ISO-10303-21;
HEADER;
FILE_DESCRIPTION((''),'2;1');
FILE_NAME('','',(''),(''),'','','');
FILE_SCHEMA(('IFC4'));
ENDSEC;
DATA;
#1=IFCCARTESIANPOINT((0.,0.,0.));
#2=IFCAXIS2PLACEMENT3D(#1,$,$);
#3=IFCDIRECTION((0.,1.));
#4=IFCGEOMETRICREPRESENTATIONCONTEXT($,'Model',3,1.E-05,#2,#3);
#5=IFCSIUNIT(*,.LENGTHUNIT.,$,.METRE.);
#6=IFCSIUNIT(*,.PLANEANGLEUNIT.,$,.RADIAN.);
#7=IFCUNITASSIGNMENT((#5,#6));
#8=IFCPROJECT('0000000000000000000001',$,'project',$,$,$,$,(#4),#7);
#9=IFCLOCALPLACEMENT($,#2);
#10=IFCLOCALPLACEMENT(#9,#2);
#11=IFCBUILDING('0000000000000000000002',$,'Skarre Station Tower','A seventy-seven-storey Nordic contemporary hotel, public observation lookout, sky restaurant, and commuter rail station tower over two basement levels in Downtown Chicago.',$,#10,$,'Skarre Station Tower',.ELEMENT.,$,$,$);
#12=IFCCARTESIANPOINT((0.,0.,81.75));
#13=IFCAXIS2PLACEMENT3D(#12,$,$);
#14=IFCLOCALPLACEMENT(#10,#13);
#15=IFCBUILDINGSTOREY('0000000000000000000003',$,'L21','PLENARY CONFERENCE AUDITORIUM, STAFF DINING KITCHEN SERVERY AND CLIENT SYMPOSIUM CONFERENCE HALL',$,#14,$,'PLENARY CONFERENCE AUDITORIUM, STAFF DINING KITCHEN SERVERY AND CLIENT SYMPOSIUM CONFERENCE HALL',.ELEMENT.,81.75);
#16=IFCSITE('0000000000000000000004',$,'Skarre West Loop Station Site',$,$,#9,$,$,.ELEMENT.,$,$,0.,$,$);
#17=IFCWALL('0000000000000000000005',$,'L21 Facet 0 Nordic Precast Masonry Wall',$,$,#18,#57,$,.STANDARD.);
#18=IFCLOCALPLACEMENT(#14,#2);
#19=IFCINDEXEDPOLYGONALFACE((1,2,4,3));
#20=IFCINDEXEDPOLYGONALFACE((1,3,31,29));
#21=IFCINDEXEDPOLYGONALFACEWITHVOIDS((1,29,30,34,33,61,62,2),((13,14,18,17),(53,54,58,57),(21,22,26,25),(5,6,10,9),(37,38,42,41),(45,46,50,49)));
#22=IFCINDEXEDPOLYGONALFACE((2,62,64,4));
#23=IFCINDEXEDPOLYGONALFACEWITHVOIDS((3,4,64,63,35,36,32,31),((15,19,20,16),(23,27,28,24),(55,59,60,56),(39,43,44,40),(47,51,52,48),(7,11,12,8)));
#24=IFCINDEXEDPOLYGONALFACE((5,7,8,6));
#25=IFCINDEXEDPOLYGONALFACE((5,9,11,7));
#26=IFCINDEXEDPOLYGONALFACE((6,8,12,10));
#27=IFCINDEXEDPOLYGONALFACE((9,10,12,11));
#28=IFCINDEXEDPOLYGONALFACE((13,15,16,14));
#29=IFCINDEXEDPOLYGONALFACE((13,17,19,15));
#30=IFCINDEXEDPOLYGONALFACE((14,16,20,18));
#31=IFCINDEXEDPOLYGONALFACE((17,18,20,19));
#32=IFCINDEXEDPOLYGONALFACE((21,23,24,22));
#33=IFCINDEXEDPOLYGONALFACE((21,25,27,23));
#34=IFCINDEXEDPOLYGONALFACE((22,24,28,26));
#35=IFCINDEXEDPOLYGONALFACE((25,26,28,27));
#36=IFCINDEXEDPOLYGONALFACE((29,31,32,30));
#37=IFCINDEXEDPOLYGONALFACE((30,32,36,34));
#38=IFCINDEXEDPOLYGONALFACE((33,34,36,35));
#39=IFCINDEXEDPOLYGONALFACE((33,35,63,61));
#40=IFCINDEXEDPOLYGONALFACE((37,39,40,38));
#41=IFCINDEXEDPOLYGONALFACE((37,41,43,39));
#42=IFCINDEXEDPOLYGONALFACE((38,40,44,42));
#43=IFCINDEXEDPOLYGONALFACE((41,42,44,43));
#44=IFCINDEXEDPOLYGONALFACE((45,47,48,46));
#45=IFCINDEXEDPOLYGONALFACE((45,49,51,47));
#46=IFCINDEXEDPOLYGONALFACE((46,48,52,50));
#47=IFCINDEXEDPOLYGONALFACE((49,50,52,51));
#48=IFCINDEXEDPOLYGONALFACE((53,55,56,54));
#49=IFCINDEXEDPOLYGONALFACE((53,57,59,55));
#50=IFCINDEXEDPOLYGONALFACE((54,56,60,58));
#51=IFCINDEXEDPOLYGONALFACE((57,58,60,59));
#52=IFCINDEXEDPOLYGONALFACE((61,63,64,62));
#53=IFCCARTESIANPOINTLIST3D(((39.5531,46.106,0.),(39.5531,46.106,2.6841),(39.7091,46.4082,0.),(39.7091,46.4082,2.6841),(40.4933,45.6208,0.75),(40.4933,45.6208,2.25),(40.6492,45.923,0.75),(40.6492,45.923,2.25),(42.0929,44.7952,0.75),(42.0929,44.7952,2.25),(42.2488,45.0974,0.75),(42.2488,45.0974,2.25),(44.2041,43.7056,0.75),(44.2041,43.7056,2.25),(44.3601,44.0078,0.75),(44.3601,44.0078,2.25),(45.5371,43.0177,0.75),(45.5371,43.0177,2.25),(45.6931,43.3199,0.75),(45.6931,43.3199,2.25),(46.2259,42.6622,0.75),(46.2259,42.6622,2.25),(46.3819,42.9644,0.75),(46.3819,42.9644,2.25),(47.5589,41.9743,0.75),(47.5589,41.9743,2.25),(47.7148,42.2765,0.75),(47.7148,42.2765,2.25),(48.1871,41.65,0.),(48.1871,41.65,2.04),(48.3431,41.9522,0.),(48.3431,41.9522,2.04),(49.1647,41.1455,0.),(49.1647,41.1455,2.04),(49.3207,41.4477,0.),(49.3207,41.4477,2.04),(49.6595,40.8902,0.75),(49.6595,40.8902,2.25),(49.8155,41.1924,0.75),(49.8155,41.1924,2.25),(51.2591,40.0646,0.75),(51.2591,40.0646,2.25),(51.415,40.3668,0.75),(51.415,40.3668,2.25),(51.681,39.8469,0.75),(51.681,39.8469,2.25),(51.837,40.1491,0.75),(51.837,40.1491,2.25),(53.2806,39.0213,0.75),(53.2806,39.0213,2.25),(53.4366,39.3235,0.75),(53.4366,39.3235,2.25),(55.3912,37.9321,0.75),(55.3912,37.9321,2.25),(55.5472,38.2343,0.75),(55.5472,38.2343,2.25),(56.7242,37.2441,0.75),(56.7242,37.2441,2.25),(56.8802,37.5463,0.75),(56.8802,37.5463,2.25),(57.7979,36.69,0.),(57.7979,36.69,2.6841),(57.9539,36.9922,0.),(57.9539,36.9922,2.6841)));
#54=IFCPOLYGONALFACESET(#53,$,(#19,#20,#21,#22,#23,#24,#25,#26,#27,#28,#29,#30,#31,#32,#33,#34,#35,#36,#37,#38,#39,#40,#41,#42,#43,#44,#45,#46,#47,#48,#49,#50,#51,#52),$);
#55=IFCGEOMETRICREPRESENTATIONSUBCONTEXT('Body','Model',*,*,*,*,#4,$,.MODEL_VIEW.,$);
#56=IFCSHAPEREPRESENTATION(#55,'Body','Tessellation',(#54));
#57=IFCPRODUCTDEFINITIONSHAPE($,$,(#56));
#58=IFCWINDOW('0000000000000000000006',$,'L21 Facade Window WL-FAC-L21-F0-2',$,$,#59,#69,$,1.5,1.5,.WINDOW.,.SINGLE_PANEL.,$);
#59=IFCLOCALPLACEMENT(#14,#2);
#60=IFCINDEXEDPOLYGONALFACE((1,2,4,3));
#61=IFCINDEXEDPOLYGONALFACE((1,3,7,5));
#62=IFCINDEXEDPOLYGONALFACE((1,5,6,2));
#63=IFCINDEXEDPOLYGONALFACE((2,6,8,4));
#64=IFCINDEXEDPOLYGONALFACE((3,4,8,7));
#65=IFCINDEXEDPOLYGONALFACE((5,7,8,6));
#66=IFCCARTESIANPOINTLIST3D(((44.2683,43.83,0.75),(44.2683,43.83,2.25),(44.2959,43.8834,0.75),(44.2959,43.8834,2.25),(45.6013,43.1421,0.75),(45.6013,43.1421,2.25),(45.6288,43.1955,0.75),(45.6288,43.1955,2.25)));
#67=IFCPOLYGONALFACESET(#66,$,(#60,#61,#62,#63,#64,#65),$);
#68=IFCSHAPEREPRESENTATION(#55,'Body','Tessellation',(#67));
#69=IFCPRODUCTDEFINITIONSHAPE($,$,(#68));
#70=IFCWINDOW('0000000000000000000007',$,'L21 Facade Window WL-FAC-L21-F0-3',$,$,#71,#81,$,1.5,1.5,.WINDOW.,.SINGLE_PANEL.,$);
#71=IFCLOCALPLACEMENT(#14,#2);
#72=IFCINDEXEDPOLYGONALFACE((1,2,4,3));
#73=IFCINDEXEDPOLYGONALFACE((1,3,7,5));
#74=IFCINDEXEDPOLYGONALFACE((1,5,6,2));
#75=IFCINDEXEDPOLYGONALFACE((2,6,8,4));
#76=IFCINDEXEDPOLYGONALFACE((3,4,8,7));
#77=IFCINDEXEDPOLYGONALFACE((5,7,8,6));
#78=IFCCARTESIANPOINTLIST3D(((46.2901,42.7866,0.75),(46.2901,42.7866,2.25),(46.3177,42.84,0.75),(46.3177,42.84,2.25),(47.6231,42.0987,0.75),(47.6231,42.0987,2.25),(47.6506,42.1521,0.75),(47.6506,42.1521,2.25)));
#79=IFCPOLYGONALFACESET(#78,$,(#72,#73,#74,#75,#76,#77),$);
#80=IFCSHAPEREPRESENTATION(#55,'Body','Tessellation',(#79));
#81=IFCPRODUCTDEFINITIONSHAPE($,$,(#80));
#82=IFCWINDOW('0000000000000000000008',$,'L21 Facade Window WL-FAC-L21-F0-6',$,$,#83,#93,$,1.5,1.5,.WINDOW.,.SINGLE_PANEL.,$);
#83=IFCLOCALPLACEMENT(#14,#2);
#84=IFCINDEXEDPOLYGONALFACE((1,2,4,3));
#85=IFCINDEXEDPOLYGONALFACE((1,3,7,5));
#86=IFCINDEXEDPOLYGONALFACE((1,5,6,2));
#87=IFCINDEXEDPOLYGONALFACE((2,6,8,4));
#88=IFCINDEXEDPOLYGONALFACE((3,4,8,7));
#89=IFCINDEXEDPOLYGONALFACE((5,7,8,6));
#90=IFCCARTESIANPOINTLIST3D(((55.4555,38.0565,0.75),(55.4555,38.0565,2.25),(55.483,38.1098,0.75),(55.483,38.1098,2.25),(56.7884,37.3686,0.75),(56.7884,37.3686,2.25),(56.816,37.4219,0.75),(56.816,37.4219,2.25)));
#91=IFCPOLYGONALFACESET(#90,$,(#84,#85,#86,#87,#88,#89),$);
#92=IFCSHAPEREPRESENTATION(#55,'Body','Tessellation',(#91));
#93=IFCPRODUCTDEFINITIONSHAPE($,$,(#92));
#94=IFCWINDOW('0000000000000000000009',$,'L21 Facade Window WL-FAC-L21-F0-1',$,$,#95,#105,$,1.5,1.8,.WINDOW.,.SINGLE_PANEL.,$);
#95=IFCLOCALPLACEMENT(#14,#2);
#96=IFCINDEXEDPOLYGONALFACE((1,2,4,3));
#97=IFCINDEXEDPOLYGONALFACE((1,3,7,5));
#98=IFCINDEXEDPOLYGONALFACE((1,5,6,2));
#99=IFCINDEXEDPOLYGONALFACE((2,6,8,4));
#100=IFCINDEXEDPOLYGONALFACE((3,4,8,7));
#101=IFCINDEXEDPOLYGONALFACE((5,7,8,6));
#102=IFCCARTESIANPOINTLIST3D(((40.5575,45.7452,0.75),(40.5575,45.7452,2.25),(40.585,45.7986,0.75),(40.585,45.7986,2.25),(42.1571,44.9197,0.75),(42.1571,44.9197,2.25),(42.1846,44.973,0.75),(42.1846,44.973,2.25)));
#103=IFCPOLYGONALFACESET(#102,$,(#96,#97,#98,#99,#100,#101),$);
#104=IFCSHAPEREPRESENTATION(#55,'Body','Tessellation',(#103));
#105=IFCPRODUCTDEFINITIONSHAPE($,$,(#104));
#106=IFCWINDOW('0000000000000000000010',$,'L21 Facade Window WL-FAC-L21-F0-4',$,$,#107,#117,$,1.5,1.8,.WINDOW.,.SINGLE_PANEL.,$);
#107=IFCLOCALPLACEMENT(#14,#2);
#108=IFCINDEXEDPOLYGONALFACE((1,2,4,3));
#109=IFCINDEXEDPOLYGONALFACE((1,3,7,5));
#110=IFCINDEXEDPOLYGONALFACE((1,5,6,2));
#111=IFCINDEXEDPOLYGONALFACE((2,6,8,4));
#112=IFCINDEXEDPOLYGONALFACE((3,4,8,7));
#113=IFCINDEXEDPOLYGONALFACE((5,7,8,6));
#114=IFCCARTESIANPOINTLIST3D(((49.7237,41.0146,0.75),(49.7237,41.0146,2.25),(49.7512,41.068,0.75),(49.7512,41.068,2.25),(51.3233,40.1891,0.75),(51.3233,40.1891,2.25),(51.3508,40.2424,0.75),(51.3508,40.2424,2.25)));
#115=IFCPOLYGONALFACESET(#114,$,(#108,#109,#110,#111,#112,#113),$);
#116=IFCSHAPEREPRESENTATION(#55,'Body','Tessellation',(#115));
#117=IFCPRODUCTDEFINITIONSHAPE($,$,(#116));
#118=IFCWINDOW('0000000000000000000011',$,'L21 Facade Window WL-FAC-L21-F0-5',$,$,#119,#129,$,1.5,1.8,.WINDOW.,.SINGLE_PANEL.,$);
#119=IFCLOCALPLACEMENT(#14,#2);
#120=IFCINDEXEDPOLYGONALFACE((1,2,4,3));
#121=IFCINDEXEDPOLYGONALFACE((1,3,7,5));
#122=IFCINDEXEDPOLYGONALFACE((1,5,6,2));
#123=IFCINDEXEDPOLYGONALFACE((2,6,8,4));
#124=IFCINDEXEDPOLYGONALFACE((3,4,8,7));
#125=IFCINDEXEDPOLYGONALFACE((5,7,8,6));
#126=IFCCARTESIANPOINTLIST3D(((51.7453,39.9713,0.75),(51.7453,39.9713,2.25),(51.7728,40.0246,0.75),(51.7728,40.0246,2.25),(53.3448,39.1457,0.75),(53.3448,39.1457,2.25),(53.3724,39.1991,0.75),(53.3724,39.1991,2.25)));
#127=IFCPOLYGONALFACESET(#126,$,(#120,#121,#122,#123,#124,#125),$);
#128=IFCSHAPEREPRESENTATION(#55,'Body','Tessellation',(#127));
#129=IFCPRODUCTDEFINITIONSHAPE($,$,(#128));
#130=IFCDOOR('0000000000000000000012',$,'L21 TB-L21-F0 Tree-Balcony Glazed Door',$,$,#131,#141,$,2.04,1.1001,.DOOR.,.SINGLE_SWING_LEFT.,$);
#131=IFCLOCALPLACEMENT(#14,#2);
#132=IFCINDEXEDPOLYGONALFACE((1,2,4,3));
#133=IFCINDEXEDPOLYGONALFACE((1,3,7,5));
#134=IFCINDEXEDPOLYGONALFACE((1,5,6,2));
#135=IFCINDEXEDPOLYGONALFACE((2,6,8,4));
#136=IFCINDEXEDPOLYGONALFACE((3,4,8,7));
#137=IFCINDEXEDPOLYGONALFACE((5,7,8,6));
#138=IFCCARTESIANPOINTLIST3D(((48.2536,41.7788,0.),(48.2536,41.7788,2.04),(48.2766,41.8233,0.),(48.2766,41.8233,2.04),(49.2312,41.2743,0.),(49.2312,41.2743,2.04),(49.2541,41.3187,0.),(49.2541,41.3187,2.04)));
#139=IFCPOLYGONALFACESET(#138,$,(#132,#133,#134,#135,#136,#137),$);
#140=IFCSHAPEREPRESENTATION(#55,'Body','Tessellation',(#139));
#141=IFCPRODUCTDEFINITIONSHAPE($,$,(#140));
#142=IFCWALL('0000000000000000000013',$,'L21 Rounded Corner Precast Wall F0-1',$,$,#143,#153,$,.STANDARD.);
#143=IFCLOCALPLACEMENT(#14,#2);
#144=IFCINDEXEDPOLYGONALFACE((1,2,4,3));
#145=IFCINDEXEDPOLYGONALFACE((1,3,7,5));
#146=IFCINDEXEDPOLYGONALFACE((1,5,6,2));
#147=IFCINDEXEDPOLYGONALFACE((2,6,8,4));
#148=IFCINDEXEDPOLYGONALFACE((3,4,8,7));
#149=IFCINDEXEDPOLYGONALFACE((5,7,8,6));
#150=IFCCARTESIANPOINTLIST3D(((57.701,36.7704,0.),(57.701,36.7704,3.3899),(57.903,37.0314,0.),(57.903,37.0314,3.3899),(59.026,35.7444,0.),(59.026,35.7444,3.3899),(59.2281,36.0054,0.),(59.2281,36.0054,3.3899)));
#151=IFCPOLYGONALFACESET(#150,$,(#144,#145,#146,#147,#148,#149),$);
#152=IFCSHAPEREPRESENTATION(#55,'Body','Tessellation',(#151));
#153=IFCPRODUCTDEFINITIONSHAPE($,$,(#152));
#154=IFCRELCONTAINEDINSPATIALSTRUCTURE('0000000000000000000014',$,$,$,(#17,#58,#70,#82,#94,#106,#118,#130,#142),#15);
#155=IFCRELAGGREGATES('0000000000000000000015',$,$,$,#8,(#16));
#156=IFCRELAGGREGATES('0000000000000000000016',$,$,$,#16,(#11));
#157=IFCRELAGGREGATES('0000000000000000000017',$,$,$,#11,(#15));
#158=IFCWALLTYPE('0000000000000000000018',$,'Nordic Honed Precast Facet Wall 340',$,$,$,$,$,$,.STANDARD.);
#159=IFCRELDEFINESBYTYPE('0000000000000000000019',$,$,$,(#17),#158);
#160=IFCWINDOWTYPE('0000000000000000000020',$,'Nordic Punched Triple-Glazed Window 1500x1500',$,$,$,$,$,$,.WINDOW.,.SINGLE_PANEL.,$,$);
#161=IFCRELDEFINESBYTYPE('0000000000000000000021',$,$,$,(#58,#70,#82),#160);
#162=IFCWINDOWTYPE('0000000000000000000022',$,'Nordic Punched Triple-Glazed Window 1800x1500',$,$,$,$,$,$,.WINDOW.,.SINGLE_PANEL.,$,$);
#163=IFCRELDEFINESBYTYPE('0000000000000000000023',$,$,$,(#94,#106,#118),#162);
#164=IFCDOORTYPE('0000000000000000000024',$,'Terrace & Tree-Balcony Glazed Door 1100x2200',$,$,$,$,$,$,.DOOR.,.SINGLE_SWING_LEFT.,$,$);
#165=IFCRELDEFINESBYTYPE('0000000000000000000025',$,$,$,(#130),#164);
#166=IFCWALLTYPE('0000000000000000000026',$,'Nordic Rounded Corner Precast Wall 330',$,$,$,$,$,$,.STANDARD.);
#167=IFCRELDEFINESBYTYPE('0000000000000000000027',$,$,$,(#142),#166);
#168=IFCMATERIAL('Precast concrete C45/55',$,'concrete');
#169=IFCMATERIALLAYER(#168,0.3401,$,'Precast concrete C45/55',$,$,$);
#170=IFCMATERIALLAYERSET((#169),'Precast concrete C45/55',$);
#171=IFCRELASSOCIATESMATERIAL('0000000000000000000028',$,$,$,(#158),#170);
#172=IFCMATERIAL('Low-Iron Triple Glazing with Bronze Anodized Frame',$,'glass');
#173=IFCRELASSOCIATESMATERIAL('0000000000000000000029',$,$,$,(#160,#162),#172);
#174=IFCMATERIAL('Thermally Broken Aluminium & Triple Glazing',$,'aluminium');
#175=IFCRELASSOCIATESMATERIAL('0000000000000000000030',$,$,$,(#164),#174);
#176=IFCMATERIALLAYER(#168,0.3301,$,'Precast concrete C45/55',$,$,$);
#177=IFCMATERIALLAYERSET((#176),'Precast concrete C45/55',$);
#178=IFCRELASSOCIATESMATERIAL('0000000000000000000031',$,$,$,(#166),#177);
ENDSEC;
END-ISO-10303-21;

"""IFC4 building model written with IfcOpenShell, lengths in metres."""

from ifc_helpers import new_model, si_unit, direction, frame, frame_2d, origin, place, context, subcontext, project, spatial, rectangle, extrude, material, layer, layer_set, type_object, element, fill, save


model = new_model("IFC4")

# Units and contexts
model_context = context("Model", 3, precision=1e-05, world=origin(), true_north=direction((0.0, 1.0)))
body_context = subcontext(model_context, "Body", "Model", "MODEL_VIEW")
ifc_project = project(units=[si_unit("LENGTHUNIT", "METRE"), si_unit("PLANEANGLEUNIT", "RADIAN")], contexts=[model_context])

# Site, building, storey
site_placement = place(None, origin())
site = spatial("IfcSite", under=ifc_project, at=site_placement, Name="Skarre West Loop Station Site", CompositionType="ELEMENT", RefElevation=0.0)
building_placement = place(site_placement, origin())
building = spatial("IfcBuilding", under=site, at=building_placement, Name="Skarre Station Tower", Description="A seventy-seven-storey Nordic contemporary hotel, public observation lookout, sky restaurant, and commuter rail station tower over two basement levels in Downtown Chicago.", LongName="Skarre Station Tower", CompositionType="ELEMENT")
storey_placement = place(building_placement, frame((0.0, 0.0, 81.75)))
storey = spatial("IfcBuildingStorey", under=building, at=storey_placement, Name="L21", Description="PLENARY CONFERENCE AUDITORIUM, STAFF DINING KITCHEN SERVERY AND CLIENT SYMPOSIUM CONFERENCE HALL", LongName="PLENARY CONFERENCE AUDITORIUM, STAFF DINING KITCHEN SERVERY AND CLIENT SYMPOSIUM CONFERENCE HALL", CompositionType="ELEMENT", Elevation=81.75)

# Wall, openings, windows, door
ifc_material_1 = material(Name="Precast concrete C45/55", Category="concrete")
ifc_layer_1 = layer(ifc_material_1, 0.3401, Name="Precast concrete C45/55")
ifc_layer_set_1 = layer_set([ifc_layer_1], Name="Precast concrete C45/55")
wall_type_1 = type_object("IfcWallType", Name="Nordic Honed Precast Facet Wall 340", PredefinedType="STANDARD", material=ifc_layer_set_1)
wall_1_placement = place(storey_placement, frame((39.6311, 46.2571, 0.0), z_axis=(0.0, 0.0, 1.0), x_axis=(0.888634, -0.458616, 0.0)))
wall_1 = element("IfcWall", 1, at=wall_1_placement, inside=storey, type_object=wall_type_1, Name="L21 Facet 0 Nordic Precast Masonry Wall", PredefinedType="STANDARD", context=body_context, shape_type="SweptSolid", body=[
    extrude(rectangle(XDim=20.5312, YDim=0.3401, at=frame_2d((10.2656, 0.0))), origin(), (0.0, 0.0, 1.0), 2.6841),
])
opening_1_placement = place(wall_1_placement, frame((9.7161, 0.0, 0.0)))
opening_1 = element("IfcOpeningElement", 2, at=opening_1_placement, cuts=wall_1, PredefinedType="OPENING", context=body_context, shape_type="SweptSolid", body=[
    extrude(rectangle(XDim=1.1001, YDim=2.04, at=frame_2d((0.55, 1.02))), frame((0.0, 0.1799, 0.0), z_axis=(0.0, -1.0, 0.0), x_axis=(1.0, 0.0, 0.0)), (0.0, 0.0, 1.0), 0.3601),
])
opening_2_placement = place(wall_1_placement, frame((1.0581, 0.0, 0.75)))
opening_2 = element("IfcOpeningElement", 3, at=opening_2_placement, cuts=wall_1, PredefinedType="OPENING", context=body_context, shape_type="SweptSolid", body=[
    extrude(rectangle(XDim=1.8, YDim=1.5, at=frame_2d((0.8999, 0.75))), frame((0.0, 0.1799, 0.0), z_axis=(0.0, -1.0, 0.0), x_axis=(1.0, 0.0, 0.0)), (0.0, 0.0, 1.0), 0.3601),
])
opening_3_placement = place(wall_1_placement, frame((5.2339, 0.0, 0.75)))
opening_3 = element("IfcOpeningElement", 4, at=opening_3_placement, cuts=wall_1, PredefinedType="OPENING", context=body_context, shape_type="SweptSolid", body=[
    extrude(rectangle(XDim=1.5, YDim=1.5, at=frame_2d((0.75, 0.75))), frame((0.0, 0.1799, 0.0), z_axis=(0.0, -1.0, 0.0), x_axis=(1.0, 0.0, 0.0)), (0.0, 0.0, 1.0), 0.3601),
])
opening_4_placement = place(wall_1_placement, frame((7.509, 0.0, 0.75)))
opening_4 = element("IfcOpeningElement", 5, at=opening_4_placement, cuts=wall_1, PredefinedType="OPENING", context=body_context, shape_type="SweptSolid", body=[
    extrude(rectangle(XDim=1.5, YDim=1.5, at=frame_2d((0.75, 0.75))), frame((0.0, 0.1799, 0.0), z_axis=(0.0, -1.0, 0.0), x_axis=(1.0, 0.0, 0.0)), (0.0, 0.0, 1.0), 0.3601),
])
opening_5_placement = place(wall_1_placement, frame((11.373, 0.0, 0.75)))
opening_5 = element("IfcOpeningElement", 6, at=opening_5_placement, cuts=wall_1, PredefinedType="OPENING", context=body_context, shape_type="SweptSolid", body=[
    extrude(rectangle(XDim=1.8, YDim=1.5, at=frame_2d((0.8999, 0.75))), frame((0.0, 0.1799, 0.0), z_axis=(0.0, -1.0, 0.0), x_axis=(1.0, 0.0, 0.0)), (0.0, 0.0, 1.0), 0.3601),
])
opening_6_placement = place(wall_1_placement, frame((13.6479, 0.0, 0.75)))
opening_6 = element("IfcOpeningElement", 7, at=opening_6_placement, cuts=wall_1, PredefinedType="OPENING", context=body_context, shape_type="SweptSolid", body=[
    extrude(rectangle(XDim=1.8, YDim=1.5, at=frame_2d((0.8999, 0.75))), frame((0.0, 0.1799, 0.0), z_axis=(0.0, -1.0, 0.0), x_axis=(1.0, 0.0, 0.0)), (0.0, 0.0, 1.0), 0.3601),
])
opening_7_placement = place(wall_1_placement, frame((17.823, 0.0, 0.75)))
opening_7 = element("IfcOpeningElement", 8, at=opening_7_placement, cuts=wall_1, PredefinedType="OPENING", context=body_context, shape_type="SweptSolid", body=[
    extrude(rectangle(XDim=1.5, YDim=1.5, at=frame_2d((0.75, 0.75))), frame((0.0, 0.1799, 0.0), z_axis=(0.0, -1.0, 0.0), x_axis=(1.0, 0.0, 0.0)), (0.0, 0.0, 1.0), 0.3601),
])
ifc_material_2 = material(Name="Low-Iron Triple Glazing with Bronze Anodized Frame", Category="glass")
window_type_1 = type_object("IfcWindowType", Name="Nordic Punched Triple-Glazed Window 1500x1500", PartitioningType="SINGLE_PANEL", PredefinedType="WINDOW", material=ifc_material_2)
window_1_placement = place(opening_3_placement, origin())
window_1 = element("IfcWindow", 9, at=window_1_placement, inside=storey, type_object=window_type_1, Name="L21 Facade Window WL-FAC-L21-F0-2", OverallHeight=1.5, OverallWidth=1.5, PartitioningType="SINGLE_PANEL", PredefinedType="WINDOW", context=body_context, shape_type="SweptSolid", body=[
    extrude(rectangle(XDim=1.5, YDim=1.5, at=frame_2d((0.75, 0.75))), frame((0.0, 0.03, 0.0), z_axis=(0.0, -1.0, 0.0), x_axis=(1.0, 0.0, 0.0)), (0.0, 0.0, 1.0), 0.0601),
])
fill(opening_3, window_1)
window_2_placement = place(opening_4_placement, origin())
window_2 = element("IfcWindow", 10, at=window_2_placement, inside=storey, type_object=window_type_1, Name="L21 Facade Window WL-FAC-L21-F0-3", OverallHeight=1.5, OverallWidth=1.5, PartitioningType="SINGLE_PANEL", PredefinedType="WINDOW", context=body_context, shape_type="SweptSolid", body=[
    extrude(rectangle(XDim=1.5, YDim=1.5, at=frame_2d((0.75, 0.75))), frame((0.0, 0.03, 0.0), z_axis=(0.0, -1.0, 0.0), x_axis=(1.0, 0.0, 0.0)), (0.0, 0.0, 1.0), 0.0601),
])
fill(opening_4, window_2)
window_3_placement = place(opening_7_placement, origin())
window_3 = element("IfcWindow", 11, at=window_3_placement, inside=storey, type_object=window_type_1, Name="L21 Facade Window WL-FAC-L21-F0-6", OverallHeight=1.5, OverallWidth=1.5, PartitioningType="SINGLE_PANEL", PredefinedType="WINDOW", context=body_context, shape_type="SweptSolid", body=[
    extrude(rectangle(XDim=1.5, YDim=1.5, at=frame_2d((0.75, 0.75))), frame((0.0, 0.03, 0.0), z_axis=(0.0, -1.0, 0.0), x_axis=(1.0, 0.0, 0.0)), (0.0, 0.0, 1.0), 0.0601),
])
fill(opening_7, window_3)
window_type_2 = type_object("IfcWindowType", Name="Nordic Punched Triple-Glazed Window 1800x1500", PartitioningType="SINGLE_PANEL", PredefinedType="WINDOW", material=ifc_material_2)
window_4_placement = place(opening_2_placement, origin())
window_4 = element("IfcWindow", 12, at=window_4_placement, inside=storey, type_object=window_type_2, Name="L21 Facade Window WL-FAC-L21-F0-1", OverallHeight=1.5, OverallWidth=1.8, PartitioningType="SINGLE_PANEL", PredefinedType="WINDOW", context=body_context, shape_type="SweptSolid", body=[
    extrude(rectangle(XDim=1.8, YDim=1.5, at=frame_2d((0.8999, 0.75))), frame((0.0, 0.03, 0.0), z_axis=(0.0, -1.0, 0.0), x_axis=(1.0, 0.0, 0.0)), (0.0, 0.0, 1.0), 0.0601),
])
fill(opening_2, window_4)
window_5_placement = place(opening_5_placement, origin())
window_5 = element("IfcWindow", 13, at=window_5_placement, inside=storey, type_object=window_type_2, Name="L21 Facade Window WL-FAC-L21-F0-4", OverallHeight=1.5, OverallWidth=1.8, PartitioningType="SINGLE_PANEL", PredefinedType="WINDOW", context=body_context, shape_type="SweptSolid", body=[
    extrude(rectangle(XDim=1.8, YDim=1.5, at=frame_2d((0.8999, 0.75))), frame((0.0, 0.03, 0.0), z_axis=(0.0, -1.0, 0.0), x_axis=(1.0, 0.0, 0.0)), (0.0, 0.0, 1.0), 0.0601),
])
fill(opening_5, window_5)
window_6_placement = place(opening_6_placement, origin())
window_6 = element("IfcWindow", 14, at=window_6_placement, inside=storey, type_object=window_type_2, Name="L21 Facade Window WL-FAC-L21-F0-5", OverallHeight=1.5, OverallWidth=1.8, PartitioningType="SINGLE_PANEL", PredefinedType="WINDOW", context=body_context, shape_type="SweptSolid", body=[
    extrude(rectangle(XDim=1.8, YDim=1.5, at=frame_2d((0.8999, 0.75))), frame((0.0, 0.03, 0.0), z_axis=(0.0, -1.0, 0.0), x_axis=(1.0, 0.0, 0.0)), (0.0, 0.0, 1.0), 0.0601),
])
fill(opening_6, window_6)
ifc_material_3 = material(Name="Thermally Broken Aluminium & Triple Glazing", Category="aluminium")
door_type = type_object("IfcDoorType", Name="Terrace & Tree-Balcony Glazed Door 1100x2200", OperationType="SINGLE_SWING_LEFT", PredefinedType="DOOR", material=ifc_material_3)
door_placement = place(opening_1_placement, origin())
door = element("IfcDoor", 15, at=door_placement, inside=storey, type_object=door_type, Name="L21 TB-L21-F0 Tree-Balcony Glazed Door", OperationType="SINGLE_SWING_LEFT", OverallHeight=2.04, OverallWidth=1.1001, PredefinedType="DOOR", context=body_context, shape_type="SweptSolid", body=[
    extrude(rectangle(XDim=1.1001, YDim=2.04, at=frame_2d((0.55, 1.02))), frame((0.0, 0.0249, 0.0), z_axis=(0.0, -1.0, 0.0), x_axis=(1.0, 0.0, 0.0)), (0.0, 0.0, 1.0), 0.05),
])
fill(opening_1, door)

# Wall
ifc_layer_2 = layer(ifc_material_1, 0.3301, Name="Precast concrete C45/55")
ifc_layer_set_2 = layer_set([ifc_layer_2], Name="Precast concrete C45/55")
wall_type_2 = type_object("IfcWallType", Name="Nordic Rounded Corner Precast Wall 330", PredefinedType="STANDARD", material=ifc_layer_set_2)
wall_2_placement = place(storey_placement, frame((57.802, 36.9009, 0.0), z_axis=(0.0, 0.0, 1.0), x_axis=(0.790692, -0.612214, 0.0)))
element("IfcWall", 16, at=wall_2_placement, inside=storey, type_object=wall_type_2, Name="L21 Rounded Corner Precast Wall F0-1", PredefinedType="STANDARD", context=body_context, shape_type="SweptSolid", body=[
    extrude(rectangle(XDim=1.6758, YDim=0.3301, at=frame_2d((0.8379, 0.0))), origin(), (0.0, 0.0, 1.0), 3.3899),
])

save(model, "model.ifc")
